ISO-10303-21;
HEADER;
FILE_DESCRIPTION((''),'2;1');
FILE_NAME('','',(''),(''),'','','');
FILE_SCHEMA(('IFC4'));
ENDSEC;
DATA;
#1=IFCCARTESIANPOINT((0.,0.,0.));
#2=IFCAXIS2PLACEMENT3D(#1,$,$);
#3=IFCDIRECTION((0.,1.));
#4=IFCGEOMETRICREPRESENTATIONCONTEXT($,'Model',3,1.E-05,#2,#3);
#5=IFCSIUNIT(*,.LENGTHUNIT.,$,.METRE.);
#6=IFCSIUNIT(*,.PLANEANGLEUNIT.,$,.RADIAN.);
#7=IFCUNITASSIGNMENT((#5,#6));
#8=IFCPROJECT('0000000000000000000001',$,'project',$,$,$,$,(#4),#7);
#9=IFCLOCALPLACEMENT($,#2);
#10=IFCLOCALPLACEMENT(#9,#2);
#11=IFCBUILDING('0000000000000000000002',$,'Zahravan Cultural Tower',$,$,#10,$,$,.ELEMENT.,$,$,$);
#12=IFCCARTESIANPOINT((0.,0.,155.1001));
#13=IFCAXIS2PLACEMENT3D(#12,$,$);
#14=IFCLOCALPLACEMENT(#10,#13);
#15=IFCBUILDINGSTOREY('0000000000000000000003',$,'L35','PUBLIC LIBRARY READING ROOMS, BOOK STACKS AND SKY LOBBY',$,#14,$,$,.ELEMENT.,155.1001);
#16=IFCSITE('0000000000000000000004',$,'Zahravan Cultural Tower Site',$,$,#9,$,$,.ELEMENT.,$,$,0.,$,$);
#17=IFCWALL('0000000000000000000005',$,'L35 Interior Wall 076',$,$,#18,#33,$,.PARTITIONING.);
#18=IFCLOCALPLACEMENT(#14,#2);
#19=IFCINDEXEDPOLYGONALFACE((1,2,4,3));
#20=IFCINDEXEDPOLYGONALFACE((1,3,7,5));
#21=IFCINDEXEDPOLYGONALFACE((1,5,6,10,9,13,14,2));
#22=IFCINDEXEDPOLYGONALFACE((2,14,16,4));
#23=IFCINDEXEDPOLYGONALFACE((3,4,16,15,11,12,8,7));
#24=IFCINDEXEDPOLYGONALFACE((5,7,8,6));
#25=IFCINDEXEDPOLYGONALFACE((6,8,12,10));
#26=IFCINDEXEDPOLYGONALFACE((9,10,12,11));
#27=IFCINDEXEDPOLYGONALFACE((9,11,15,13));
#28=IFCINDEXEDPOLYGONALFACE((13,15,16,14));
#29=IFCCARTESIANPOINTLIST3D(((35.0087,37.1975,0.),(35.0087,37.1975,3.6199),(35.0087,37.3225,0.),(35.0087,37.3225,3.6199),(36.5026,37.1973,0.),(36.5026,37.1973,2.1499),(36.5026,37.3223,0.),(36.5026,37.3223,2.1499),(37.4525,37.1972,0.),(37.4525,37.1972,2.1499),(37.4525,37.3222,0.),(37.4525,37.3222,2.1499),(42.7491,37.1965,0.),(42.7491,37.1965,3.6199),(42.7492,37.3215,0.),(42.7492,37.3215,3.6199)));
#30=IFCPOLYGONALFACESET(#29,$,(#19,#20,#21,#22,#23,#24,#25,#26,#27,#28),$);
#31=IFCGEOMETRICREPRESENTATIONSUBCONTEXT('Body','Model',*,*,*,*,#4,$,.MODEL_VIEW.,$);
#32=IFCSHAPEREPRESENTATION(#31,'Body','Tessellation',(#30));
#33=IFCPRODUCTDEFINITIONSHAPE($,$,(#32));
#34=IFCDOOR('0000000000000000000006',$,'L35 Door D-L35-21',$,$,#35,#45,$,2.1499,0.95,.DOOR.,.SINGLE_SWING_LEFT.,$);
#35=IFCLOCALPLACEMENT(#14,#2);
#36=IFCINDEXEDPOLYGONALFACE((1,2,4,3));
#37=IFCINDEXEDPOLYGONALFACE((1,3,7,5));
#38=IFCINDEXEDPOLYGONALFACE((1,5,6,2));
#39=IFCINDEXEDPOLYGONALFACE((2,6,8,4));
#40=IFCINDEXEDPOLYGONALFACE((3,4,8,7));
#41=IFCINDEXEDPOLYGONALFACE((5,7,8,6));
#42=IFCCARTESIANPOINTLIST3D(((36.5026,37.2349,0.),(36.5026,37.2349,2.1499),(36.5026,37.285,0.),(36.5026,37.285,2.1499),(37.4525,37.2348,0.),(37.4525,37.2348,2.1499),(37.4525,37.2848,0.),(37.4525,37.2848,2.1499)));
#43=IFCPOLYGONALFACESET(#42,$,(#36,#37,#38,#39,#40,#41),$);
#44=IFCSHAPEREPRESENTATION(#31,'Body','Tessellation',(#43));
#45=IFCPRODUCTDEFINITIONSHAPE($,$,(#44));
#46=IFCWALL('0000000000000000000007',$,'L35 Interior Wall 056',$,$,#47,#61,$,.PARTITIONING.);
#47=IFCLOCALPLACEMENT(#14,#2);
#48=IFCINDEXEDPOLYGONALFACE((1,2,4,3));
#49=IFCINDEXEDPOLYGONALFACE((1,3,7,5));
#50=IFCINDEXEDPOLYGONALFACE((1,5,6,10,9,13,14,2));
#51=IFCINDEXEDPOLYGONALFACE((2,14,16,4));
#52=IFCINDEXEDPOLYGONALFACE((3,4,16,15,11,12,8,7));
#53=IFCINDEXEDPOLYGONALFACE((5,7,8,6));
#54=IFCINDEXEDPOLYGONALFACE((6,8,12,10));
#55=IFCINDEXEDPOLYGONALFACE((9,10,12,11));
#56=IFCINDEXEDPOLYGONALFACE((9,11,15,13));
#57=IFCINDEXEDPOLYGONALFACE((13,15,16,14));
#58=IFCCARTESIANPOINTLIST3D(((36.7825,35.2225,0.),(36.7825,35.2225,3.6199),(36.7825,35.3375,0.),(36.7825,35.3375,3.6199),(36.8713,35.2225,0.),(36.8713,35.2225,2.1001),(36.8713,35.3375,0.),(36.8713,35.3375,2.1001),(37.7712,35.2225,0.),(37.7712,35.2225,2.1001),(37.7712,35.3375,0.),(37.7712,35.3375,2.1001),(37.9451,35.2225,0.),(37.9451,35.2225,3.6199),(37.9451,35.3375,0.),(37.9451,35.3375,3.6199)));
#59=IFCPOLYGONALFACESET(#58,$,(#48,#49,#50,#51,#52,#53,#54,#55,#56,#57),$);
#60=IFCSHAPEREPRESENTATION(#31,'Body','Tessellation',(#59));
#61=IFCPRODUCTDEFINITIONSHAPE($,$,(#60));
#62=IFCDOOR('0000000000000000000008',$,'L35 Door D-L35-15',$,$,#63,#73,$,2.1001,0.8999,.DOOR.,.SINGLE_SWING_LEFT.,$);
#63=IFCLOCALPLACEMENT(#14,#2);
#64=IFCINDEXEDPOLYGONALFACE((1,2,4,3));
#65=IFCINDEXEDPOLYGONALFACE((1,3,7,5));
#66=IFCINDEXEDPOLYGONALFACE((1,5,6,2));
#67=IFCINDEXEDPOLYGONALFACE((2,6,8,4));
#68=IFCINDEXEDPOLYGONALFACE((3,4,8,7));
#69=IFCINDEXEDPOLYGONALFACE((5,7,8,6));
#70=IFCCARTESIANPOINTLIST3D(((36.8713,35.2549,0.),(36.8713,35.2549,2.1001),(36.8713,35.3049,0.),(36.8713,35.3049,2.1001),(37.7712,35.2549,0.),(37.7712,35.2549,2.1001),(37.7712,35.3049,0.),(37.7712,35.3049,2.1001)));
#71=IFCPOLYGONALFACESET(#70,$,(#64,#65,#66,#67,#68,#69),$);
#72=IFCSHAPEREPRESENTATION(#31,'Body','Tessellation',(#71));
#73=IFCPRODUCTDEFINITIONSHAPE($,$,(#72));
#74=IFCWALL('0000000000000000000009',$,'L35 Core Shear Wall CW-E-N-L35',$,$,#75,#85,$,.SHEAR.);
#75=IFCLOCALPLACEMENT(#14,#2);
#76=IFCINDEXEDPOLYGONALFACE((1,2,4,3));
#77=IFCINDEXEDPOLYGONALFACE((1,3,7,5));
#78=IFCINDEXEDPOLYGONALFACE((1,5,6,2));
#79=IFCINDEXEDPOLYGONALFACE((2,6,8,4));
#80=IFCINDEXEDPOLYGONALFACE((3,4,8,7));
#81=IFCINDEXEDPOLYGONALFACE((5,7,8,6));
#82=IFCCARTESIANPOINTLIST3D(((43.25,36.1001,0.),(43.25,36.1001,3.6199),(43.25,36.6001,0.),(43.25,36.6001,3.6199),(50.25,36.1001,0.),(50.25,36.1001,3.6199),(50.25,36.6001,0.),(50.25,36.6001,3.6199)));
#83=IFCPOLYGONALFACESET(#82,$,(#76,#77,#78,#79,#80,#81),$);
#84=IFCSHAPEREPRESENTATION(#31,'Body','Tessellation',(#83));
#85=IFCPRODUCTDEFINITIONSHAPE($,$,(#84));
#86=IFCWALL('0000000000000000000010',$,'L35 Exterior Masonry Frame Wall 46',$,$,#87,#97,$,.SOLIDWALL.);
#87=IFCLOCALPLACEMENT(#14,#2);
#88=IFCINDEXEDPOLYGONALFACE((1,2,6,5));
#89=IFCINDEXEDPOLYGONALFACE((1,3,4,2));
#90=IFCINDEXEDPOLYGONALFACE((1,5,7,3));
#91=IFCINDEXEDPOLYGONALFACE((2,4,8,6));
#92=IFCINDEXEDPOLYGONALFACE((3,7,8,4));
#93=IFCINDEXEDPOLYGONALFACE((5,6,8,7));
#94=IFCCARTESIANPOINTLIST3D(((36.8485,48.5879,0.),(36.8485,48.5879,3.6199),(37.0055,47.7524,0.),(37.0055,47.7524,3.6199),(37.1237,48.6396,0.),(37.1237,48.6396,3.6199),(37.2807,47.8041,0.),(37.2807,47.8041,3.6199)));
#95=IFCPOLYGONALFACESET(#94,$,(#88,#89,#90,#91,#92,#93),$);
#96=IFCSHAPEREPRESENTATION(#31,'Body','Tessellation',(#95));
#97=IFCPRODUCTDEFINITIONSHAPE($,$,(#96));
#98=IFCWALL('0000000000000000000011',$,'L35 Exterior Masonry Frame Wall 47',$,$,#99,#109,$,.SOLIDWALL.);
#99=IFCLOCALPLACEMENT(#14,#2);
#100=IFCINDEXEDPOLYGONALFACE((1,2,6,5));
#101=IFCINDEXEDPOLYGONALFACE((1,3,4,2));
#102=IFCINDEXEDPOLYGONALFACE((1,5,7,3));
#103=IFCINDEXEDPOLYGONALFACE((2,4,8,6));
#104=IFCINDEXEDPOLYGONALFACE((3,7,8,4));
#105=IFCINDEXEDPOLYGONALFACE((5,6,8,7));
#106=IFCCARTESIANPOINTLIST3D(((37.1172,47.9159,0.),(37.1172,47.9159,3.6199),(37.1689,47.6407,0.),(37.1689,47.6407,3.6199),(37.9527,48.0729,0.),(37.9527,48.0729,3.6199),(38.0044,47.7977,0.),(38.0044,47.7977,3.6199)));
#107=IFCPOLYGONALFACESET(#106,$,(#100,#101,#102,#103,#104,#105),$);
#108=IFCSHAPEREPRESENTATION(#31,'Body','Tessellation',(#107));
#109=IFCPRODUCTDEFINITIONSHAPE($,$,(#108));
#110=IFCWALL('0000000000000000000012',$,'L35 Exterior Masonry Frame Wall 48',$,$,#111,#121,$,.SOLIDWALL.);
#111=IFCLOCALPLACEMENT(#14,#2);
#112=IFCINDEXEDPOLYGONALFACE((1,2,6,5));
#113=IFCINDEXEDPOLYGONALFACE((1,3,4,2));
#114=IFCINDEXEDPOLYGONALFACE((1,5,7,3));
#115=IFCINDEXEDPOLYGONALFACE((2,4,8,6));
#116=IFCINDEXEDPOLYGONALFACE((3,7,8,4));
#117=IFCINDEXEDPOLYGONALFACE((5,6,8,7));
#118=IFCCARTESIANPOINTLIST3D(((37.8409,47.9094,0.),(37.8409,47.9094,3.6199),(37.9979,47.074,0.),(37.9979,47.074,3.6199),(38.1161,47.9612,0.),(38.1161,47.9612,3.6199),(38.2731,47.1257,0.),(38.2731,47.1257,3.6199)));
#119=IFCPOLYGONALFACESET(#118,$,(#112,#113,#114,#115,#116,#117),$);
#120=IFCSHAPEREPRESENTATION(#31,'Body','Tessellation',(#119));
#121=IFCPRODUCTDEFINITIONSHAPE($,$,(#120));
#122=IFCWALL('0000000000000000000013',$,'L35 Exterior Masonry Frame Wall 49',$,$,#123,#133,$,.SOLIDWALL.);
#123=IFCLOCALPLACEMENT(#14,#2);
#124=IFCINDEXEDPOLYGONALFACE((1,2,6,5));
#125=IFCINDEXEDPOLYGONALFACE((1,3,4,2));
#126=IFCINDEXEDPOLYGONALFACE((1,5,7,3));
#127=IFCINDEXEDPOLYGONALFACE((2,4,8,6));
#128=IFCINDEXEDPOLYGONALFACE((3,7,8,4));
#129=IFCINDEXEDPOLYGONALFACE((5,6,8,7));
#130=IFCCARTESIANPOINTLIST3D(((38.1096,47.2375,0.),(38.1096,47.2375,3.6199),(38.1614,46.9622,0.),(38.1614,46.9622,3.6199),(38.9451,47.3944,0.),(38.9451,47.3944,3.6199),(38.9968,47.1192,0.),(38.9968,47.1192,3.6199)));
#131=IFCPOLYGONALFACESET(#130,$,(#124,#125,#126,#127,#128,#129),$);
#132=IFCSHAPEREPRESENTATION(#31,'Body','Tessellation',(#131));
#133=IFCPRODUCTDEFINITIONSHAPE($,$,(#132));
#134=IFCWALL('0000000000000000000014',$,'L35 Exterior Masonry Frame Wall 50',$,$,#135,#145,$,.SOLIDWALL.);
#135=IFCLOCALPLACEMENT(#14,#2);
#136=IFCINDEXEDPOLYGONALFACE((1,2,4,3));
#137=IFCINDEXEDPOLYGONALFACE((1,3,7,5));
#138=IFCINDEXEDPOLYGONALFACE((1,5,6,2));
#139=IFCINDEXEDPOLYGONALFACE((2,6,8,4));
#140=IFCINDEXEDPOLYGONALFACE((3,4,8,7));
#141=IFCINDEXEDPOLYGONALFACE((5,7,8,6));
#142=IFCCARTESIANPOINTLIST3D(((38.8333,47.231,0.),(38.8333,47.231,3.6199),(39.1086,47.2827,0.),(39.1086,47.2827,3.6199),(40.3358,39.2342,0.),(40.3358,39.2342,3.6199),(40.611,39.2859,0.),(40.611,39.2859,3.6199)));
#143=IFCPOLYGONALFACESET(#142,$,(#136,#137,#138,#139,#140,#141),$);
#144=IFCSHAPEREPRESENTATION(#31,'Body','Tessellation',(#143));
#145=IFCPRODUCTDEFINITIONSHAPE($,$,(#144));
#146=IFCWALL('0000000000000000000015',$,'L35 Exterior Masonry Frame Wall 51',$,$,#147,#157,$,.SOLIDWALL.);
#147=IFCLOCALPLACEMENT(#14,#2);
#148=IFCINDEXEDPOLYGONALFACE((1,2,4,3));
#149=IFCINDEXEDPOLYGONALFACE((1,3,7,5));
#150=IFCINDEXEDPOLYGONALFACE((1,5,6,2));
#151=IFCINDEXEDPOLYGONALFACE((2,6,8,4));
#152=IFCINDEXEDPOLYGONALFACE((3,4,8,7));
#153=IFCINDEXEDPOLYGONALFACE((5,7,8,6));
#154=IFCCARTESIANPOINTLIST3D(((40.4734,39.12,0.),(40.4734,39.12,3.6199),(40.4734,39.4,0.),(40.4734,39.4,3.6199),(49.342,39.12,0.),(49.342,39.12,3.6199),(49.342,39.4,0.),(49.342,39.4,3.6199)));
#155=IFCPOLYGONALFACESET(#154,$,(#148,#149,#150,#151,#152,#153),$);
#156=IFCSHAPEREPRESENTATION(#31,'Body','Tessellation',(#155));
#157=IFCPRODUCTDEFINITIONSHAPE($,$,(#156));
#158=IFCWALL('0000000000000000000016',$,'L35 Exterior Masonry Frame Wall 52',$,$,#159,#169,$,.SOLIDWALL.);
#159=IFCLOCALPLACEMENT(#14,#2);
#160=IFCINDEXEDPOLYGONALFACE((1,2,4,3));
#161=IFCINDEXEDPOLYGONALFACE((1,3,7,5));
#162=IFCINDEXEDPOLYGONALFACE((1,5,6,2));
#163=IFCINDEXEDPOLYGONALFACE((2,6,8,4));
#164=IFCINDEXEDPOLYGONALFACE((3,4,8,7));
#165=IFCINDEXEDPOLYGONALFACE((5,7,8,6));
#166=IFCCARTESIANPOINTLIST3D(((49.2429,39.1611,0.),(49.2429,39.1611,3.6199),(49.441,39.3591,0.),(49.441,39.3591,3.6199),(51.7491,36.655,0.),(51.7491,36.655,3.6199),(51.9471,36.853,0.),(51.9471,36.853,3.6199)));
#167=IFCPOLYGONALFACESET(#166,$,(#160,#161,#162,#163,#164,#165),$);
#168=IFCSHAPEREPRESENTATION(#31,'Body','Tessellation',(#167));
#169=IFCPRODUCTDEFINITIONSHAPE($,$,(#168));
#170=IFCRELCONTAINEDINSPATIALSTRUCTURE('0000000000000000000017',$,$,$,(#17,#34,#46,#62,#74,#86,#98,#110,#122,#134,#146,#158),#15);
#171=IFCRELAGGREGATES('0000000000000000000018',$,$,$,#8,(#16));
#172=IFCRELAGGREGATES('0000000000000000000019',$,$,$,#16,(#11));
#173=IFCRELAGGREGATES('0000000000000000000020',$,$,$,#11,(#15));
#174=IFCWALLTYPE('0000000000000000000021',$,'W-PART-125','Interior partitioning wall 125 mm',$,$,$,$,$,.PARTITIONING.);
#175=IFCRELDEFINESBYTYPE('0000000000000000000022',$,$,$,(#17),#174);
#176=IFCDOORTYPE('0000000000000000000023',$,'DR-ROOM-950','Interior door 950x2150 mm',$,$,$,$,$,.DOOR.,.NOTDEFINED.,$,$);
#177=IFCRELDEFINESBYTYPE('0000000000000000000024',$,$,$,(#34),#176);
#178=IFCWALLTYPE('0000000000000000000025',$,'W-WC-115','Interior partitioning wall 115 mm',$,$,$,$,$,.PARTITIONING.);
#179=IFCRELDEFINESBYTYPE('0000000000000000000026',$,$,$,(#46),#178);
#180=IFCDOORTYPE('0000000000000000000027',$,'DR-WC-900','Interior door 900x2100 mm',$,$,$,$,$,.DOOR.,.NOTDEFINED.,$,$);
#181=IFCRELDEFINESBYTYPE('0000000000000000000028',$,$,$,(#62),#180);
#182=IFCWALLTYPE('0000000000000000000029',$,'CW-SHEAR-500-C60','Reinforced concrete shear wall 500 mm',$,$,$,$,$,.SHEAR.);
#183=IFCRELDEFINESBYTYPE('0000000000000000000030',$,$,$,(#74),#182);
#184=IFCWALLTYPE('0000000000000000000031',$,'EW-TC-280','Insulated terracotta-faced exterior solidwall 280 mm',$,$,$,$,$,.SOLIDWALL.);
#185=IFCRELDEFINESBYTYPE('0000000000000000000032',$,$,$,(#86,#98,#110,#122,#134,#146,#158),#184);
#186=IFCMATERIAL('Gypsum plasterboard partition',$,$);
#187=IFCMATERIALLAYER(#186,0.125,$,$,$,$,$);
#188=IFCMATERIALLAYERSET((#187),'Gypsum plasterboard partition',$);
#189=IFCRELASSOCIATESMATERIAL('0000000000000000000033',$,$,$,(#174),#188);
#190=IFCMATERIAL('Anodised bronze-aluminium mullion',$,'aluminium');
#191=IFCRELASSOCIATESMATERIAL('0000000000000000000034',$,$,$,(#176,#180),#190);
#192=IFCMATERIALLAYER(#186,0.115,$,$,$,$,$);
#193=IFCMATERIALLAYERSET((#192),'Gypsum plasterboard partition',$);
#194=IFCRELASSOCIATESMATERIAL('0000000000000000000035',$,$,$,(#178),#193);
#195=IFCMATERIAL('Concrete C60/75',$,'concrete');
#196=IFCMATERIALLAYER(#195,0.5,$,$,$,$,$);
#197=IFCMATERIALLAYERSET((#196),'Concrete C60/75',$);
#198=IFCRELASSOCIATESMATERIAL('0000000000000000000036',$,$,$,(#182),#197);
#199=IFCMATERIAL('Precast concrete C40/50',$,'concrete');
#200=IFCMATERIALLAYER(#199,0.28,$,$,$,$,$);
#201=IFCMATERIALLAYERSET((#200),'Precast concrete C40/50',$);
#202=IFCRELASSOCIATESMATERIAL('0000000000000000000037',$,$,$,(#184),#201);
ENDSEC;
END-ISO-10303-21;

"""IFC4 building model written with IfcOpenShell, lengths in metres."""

from ifc_helpers import new_model, si_unit, direction, frame, frame_2d, origin, place, context, subcontext, project, spatial, rectangle, extrude, source, transform, mapped, material, layer, layer_set, type_object, element, fill, save


model = new_model("IFC4")

# Units and contexts
model_context = context("Model", 3, precision=1e-05, world=origin(), true_north=direction((0.0, 1.0)))
body_context = subcontext(model_context, "Body", "Model", "MODEL_VIEW")
ifc_project = project(units=[si_unit("LENGTHUNIT", "METRE"), si_unit("PLANEANGLEUNIT", "RADIAN")], contexts=[model_context])

# Site, building, storey
site_placement = place(None, origin())
site = spatial("IfcSite", under=ifc_project, at=site_placement, Name="Zahravan Cultural Tower Site", CompositionType="ELEMENT", RefElevation=0.0)
building_placement = place(site_placement, origin())
building = spatial("IfcBuilding", under=site, at=building_placement, Name="Zahravan Cultural Tower", CompositionType="ELEMENT")
storey_placement = place(building_placement, frame((0.0, 0.0, 155.1001)))
storey = spatial("IfcBuildingStorey", under=building, at=storey_placement, Name="L35", Description="PUBLIC LIBRARY READING ROOMS, BOOK STACKS AND SKY LOBBY", CompositionType="ELEMENT", Elevation=155.1001)

# Walls, openings, doors
ifc_material_1 = material(Name="Gypsum plasterboard partition")
ifc_layer_1 = layer(ifc_material_1, 0.125)
ifc_layer_set_1 = layer_set([ifc_layer_1], Name="Gypsum plasterboard partition")
wall_type_1 = type_object("IfcWallType", Name="W-PART-125", Description="Interior partitioning wall 125 mm", PredefinedType="PARTITIONING", material=ifc_layer_set_1)
wall_1_placement = place(storey_placement, frame((42.749, 37.259, 0.0), z_axis=(0.0, 0.0, 1.0), x_axis=(-1.0, 0.000126, 0.0)))
wall_1 = element("IfcWall", 1, at=wall_1_placement, inside=storey, type_object=wall_type_1, Name="L35 Interior Wall 076", PredefinedType="PARTITIONING", context=body_context, shape_type="SweptSolid", body=[
    extrude(rectangle(XDim=7.7405, YDim=0.125, at=frame_2d((3.8701, 0.0))), origin(), (0.0, 0.0, 1.0), 3.6199),
])
opening_1_placement = place(wall_1_placement, frame((5.2964, 0.0, 0.0)))
opening_1 = element("IfcOpeningElement", 2, at=opening_1_placement, cuts=wall_1, PredefinedType="OPENING", context=body_context, shape_type="SweptSolid", body=[
    extrude(rectangle(XDim=0.95, YDim=2.1499, at=frame_2d((0.4751, 1.075))), frame((0.0, 0.0725, 0.0), z_axis=(0.0, -1.0, 0.0), x_axis=(1.0, 0.0, 0.0)), (0.0, 0.0, 1.0), 0.145),
])
ifc_material_2 = material(Name="Anodised bronze-aluminium mullion", Category="aluminium")
door_type_1 = type_object("IfcDoorType", Name="DR-ROOM-950", Description="Interior door 950x2150 mm", OperationType="NOTDEFINED", PredefinedType="DOOR", material=ifc_material_2)
shared_shape_1 = source(origin(), body_context, "Body", "SweptSolid", [
    extrude(rectangle(XDim=0.95, YDim=2.1499, at=frame_2d((0.4751, 1.075))), frame((0.0, 0.0249, 0.0), z_axis=(0.0, -1.0, 0.0), x_axis=(1.0, 0.0, 0.0)), (0.0, 0.0, 1.0), 0.05),
])
door_1_placement = place(opening_1_placement, origin())
door_1 = element("IfcDoor", 3, at=door_1_placement, inside=storey, type_object=door_type_1, Name="L35 Door D-L35-21", OperationType="SINGLE_SWING_LEFT", OverallHeight=2.1499, OverallWidth=0.95, PredefinedType="DOOR", context=body_context, shape_type="MappedRepresentation", body=[
    mapped(shared_shape_1, transform((0.0, 0.0, 0.0), x_axis=(1.0, 0.0, 0.0), y_axis=(0.0, 1.0, 0.0), z_axis=(0.0, 0.0, 1.0), scale=1.0)),
])
fill(opening_1, door_1)
ifc_layer_2 = layer(ifc_material_1, 0.115)
ifc_layer_set_2 = layer_set([ifc_layer_2], Name="Gypsum plasterboard partition")
wall_type_2 = type_object("IfcWallType", Name="W-WC-115", Description="Interior partitioning wall 115 mm", PredefinedType="PARTITIONING", material=ifc_layer_set_2)
wall_2_placement = place(storey_placement, frame((36.7825, 35.28, 0.0), z_axis=(0.0, 0.0, 1.0), x_axis=(1.0, 0.0, 0.0)))
wall_2 = element("IfcWall", 4, at=wall_2_placement, inside=storey, type_object=wall_type_2, Name="L35 Interior Wall 056", PredefinedType="PARTITIONING", context=body_context, shape_type="SweptSolid", body=[
    extrude(rectangle(XDim=1.1626, YDim=0.115, at=frame_2d((0.5813, 0.0))), origin(), (0.0, 0.0, 1.0), 3.6199),
])
opening_2_placement = place(wall_2_placement, frame((0.0889, 0.0, 0.0)))
opening_2 = element("IfcOpeningElement", 5, at=opening_2_placement, cuts=wall_2, PredefinedType="OPENING", context=body_context, shape_type="SweptSolid", body=[
    extrude(rectangle(XDim=0.8999, YDim=2.1001, at=frame_2d((0.45, 1.05))), frame((0.0, 0.0674, 0.0), z_axis=(0.0, -1.0, 0.0), x_axis=(1.0, 0.0, 0.0)), (0.0, 0.0, 1.0), 0.135),
])
door_type_2 = type_object("IfcDoorType", Name="DR-WC-900", Description="Interior door 900x2100 mm", OperationType="NOTDEFINED", PredefinedType="DOOR", material=ifc_material_2)
shared_shape_2 = source(origin(), body_context, "Body", "SweptSolid", [
    extrude(rectangle(XDim=0.8999, YDim=2.1001, at=frame_2d((0.45, 1.05))), frame((0.0, 0.0249, 0.0), z_axis=(0.0, -1.0, 0.0), x_axis=(1.0, 0.0, 0.0)), (0.0, 0.0, 1.0), 0.05),
])
door_2_placement = place(opening_2_placement, origin())
door_2 = element("IfcDoor", 6, at=door_2_placement, inside=storey, type_object=door_type_2, Name="L35 Door D-L35-15", OperationType="SINGLE_SWING_LEFT", OverallHeight=2.1001, OverallWidth=0.8999, PredefinedType="DOOR", context=body_context, shape_type="MappedRepresentation", body=[
    mapped(shared_shape_2, transform((0.0, 0.0, 0.0), x_axis=(1.0, 0.0, 0.0), y_axis=(0.0, 1.0, 0.0), z_axis=(0.0, 0.0, 1.0), scale=1.0)),
])
fill(opening_2, door_2)

# Walls
ifc_material_3 = material(Name="Concrete C60/75", Category="concrete")
ifc_layer_3 = layer(ifc_material_3, 0.5)
ifc_layer_set_3 = layer_set([ifc_layer_3], Name="Concrete C60/75")
wall_type_3 = type_object("IfcWallType", Name="CW-SHEAR-500-C60", Description="Reinforced concrete shear wall 500 mm", PredefinedType="SHEAR", material=ifc_layer_set_3)
shared_shape_3 = source(origin(), body_context, "Body", "SweptSolid", [
    extrude(rectangle(XDim=7.0, YDim=0.5, at=frame_2d((3.5, 0.0))), origin(), (0.0, 0.0, 1.0), 3.6199),
])
wall_3_placement = place(storey_placement, frame((43.25, 36.3501, 0.0), z_axis=(0.0, 0.0, 1.0), x_axis=(1.0, 0.0, 0.0)))
element("IfcWall", 7, at=wall_3_placement, inside=storey, type_object=wall_type_3, Name="L35 Core Shear Wall CW-E-N-L35", PredefinedType="SHEAR", context=body_context, shape_type="MappedRepresentation", body=[
    mapped(shared_shape_3, transform((0.0, 0.0, 0.0), x_axis=(1.0, 0.0, 0.0), y_axis=(0.0, 1.0, 0.0), z_axis=(0.0, 0.0, 1.0), scale=1.0)),
])
ifc_material_4 = material(Name="Precast concrete C40/50", Category="concrete")
ifc_layer_4 = layer(ifc_material_4, 0.28)
ifc_layer_set_4 = layer_set([ifc_layer_4], Name="Precast concrete C40/50")
wall_type_4 = type_object("IfcWallType", Name="EW-TC-280", Description="Insulated terracotta-faced exterior solidwall 280 mm", PredefinedType="SOLIDWALL", material=ifc_layer_set_4)
shared_shape_4 = source(origin(), body_context, "Body", "SweptSolid", [
    extrude(rectangle(XDim=0.8501, YDim=0.28, at=frame_2d((0.425, 0.0))), origin(), (0.0, 0.0, 1.0), 3.6199),
])
for number, where, z_axis, x_axis, name in (
    (8, (36.9861, 48.6138, 0.0), (0.0, 0.0, 1.0), (0.18467, -0.982801, 0.0), "L35 Exterior Masonry Frame Wall 46"),
    (9, (37.1431, 47.7783, 0.0), (0.0, 0.0, 1.0), (0.982801, 0.18467, 0.0), "L35 Exterior Masonry Frame Wall 47"),
    (10, (37.9785, 47.9353, 0.0), (0.0, 0.0, 1.0), (0.18467, -0.982801, 0.0), "L35 Exterior Masonry Frame Wall 48"),
    (11, (38.1355, 47.0999, 0.0), (0.0, 0.0, 1.0), (0.982801, 0.18467, 0.0), "L35 Exterior Masonry Frame Wall 49"),
):
    element("IfcWall", number, at=place(storey_placement, frame(where, z_axis=z_axis, x_axis=x_axis)), inside=storey, type_object=wall_type_4, Name=name, PredefinedType="SOLIDWALL", context=body_context, shape_type="MappedRepresentation", body=[
        mapped(shared_shape_4, transform((0.0, 0.0, 0.0), x_axis=(1.0, 0.0, 0.0), y_axis=(0.0, 1.0, 0.0), z_axis=(0.0, 0.0, 1.0), scale=1.0)),
    ])
shared_shape_5 = source(origin(), body_context, "Body", "SweptSolid", [
    extrude(rectangle(XDim=8.1367, YDim=0.28, at=frame_2d((4.0684, 0.0))), origin(), (0.0, 0.0, 1.0), 3.6199),
])
wall_4_placement = place(storey_placement, frame((38.9709, 47.2568, 0.0), z_axis=(0.0, 0.0, 1.0), x_axis=(0.184649, -0.982805, 0.0)))
element("IfcWall", 12, at=wall_4_placement, inside=storey, type_object=wall_type_4, Name="L35 Exterior Masonry Frame Wall 50", PredefinedType="SOLIDWALL", context=body_context, shape_type="MappedRepresentation", body=[
    mapped(shared_shape_5, transform((0.0, 0.0, 0.0), x_axis=(1.0, 0.0, 0.0), y_axis=(0.0, 1.0, 0.0), z_axis=(0.0, 0.0, 1.0), scale=1.0)),
])
shared_shape_6 = source(origin(), body_context, "Body", "SweptSolid", [
    extrude(rectangle(XDim=8.8687, YDim=0.28, at=frame_2d((4.4343, 0.0))), origin(), (0.0, 0.0, 1.0), 3.6199),
])
wall_5_placement = place(storey_placement, frame((40.4734, 39.26, 0.0), z_axis=(0.0, 0.0, 1.0), x_axis=(1.0, 0.0, 0.0)))
element("IfcWall", 13, at=wall_5_placement, inside=storey, type_object=wall_type_4, Name="L35 Exterior Masonry Frame Wall 51", PredefinedType="SOLIDWALL", context=body_context, shape_type="MappedRepresentation", body=[
    mapped(shared_shape_6, transform((0.0, 0.0, 0.0), x_axis=(1.0, 0.0, 0.0), y_axis=(0.0, 1.0, 0.0), z_axis=(0.0, 0.0, 1.0), scale=1.0)),
])
shared_shape_7 = source(origin(), body_context, "Body", "SweptSolid", [
    extrude(rectangle(XDim=3.5442, YDim=0.28, at=frame_2d((1.772, 0.0))), origin(), (0.0, 0.0, 1.0), 3.6199),
])
wall_6_placement = place(storey_placement, frame((49.342, 39.26, 0.0), z_axis=(0.0, 0.0, 1.0), x_axis=(0.707107, -0.707107, 0.0)))
element("IfcWall", 14, at=wall_6_placement, inside=storey, type_object=wall_type_4, Name="L35 Exterior Masonry Frame Wall 52", PredefinedType="SOLIDWALL", context=body_context, shape_type="MappedRepresentation", body=[
    mapped(shared_shape_7, transform((0.0, 0.0, 0.0), x_axis=(1.0, 0.0, 0.0), y_axis=(0.0, 1.0, 0.0), z_axis=(0.0, 0.0, 1.0), scale=1.0)),
])

save(model, "model.ifc")
